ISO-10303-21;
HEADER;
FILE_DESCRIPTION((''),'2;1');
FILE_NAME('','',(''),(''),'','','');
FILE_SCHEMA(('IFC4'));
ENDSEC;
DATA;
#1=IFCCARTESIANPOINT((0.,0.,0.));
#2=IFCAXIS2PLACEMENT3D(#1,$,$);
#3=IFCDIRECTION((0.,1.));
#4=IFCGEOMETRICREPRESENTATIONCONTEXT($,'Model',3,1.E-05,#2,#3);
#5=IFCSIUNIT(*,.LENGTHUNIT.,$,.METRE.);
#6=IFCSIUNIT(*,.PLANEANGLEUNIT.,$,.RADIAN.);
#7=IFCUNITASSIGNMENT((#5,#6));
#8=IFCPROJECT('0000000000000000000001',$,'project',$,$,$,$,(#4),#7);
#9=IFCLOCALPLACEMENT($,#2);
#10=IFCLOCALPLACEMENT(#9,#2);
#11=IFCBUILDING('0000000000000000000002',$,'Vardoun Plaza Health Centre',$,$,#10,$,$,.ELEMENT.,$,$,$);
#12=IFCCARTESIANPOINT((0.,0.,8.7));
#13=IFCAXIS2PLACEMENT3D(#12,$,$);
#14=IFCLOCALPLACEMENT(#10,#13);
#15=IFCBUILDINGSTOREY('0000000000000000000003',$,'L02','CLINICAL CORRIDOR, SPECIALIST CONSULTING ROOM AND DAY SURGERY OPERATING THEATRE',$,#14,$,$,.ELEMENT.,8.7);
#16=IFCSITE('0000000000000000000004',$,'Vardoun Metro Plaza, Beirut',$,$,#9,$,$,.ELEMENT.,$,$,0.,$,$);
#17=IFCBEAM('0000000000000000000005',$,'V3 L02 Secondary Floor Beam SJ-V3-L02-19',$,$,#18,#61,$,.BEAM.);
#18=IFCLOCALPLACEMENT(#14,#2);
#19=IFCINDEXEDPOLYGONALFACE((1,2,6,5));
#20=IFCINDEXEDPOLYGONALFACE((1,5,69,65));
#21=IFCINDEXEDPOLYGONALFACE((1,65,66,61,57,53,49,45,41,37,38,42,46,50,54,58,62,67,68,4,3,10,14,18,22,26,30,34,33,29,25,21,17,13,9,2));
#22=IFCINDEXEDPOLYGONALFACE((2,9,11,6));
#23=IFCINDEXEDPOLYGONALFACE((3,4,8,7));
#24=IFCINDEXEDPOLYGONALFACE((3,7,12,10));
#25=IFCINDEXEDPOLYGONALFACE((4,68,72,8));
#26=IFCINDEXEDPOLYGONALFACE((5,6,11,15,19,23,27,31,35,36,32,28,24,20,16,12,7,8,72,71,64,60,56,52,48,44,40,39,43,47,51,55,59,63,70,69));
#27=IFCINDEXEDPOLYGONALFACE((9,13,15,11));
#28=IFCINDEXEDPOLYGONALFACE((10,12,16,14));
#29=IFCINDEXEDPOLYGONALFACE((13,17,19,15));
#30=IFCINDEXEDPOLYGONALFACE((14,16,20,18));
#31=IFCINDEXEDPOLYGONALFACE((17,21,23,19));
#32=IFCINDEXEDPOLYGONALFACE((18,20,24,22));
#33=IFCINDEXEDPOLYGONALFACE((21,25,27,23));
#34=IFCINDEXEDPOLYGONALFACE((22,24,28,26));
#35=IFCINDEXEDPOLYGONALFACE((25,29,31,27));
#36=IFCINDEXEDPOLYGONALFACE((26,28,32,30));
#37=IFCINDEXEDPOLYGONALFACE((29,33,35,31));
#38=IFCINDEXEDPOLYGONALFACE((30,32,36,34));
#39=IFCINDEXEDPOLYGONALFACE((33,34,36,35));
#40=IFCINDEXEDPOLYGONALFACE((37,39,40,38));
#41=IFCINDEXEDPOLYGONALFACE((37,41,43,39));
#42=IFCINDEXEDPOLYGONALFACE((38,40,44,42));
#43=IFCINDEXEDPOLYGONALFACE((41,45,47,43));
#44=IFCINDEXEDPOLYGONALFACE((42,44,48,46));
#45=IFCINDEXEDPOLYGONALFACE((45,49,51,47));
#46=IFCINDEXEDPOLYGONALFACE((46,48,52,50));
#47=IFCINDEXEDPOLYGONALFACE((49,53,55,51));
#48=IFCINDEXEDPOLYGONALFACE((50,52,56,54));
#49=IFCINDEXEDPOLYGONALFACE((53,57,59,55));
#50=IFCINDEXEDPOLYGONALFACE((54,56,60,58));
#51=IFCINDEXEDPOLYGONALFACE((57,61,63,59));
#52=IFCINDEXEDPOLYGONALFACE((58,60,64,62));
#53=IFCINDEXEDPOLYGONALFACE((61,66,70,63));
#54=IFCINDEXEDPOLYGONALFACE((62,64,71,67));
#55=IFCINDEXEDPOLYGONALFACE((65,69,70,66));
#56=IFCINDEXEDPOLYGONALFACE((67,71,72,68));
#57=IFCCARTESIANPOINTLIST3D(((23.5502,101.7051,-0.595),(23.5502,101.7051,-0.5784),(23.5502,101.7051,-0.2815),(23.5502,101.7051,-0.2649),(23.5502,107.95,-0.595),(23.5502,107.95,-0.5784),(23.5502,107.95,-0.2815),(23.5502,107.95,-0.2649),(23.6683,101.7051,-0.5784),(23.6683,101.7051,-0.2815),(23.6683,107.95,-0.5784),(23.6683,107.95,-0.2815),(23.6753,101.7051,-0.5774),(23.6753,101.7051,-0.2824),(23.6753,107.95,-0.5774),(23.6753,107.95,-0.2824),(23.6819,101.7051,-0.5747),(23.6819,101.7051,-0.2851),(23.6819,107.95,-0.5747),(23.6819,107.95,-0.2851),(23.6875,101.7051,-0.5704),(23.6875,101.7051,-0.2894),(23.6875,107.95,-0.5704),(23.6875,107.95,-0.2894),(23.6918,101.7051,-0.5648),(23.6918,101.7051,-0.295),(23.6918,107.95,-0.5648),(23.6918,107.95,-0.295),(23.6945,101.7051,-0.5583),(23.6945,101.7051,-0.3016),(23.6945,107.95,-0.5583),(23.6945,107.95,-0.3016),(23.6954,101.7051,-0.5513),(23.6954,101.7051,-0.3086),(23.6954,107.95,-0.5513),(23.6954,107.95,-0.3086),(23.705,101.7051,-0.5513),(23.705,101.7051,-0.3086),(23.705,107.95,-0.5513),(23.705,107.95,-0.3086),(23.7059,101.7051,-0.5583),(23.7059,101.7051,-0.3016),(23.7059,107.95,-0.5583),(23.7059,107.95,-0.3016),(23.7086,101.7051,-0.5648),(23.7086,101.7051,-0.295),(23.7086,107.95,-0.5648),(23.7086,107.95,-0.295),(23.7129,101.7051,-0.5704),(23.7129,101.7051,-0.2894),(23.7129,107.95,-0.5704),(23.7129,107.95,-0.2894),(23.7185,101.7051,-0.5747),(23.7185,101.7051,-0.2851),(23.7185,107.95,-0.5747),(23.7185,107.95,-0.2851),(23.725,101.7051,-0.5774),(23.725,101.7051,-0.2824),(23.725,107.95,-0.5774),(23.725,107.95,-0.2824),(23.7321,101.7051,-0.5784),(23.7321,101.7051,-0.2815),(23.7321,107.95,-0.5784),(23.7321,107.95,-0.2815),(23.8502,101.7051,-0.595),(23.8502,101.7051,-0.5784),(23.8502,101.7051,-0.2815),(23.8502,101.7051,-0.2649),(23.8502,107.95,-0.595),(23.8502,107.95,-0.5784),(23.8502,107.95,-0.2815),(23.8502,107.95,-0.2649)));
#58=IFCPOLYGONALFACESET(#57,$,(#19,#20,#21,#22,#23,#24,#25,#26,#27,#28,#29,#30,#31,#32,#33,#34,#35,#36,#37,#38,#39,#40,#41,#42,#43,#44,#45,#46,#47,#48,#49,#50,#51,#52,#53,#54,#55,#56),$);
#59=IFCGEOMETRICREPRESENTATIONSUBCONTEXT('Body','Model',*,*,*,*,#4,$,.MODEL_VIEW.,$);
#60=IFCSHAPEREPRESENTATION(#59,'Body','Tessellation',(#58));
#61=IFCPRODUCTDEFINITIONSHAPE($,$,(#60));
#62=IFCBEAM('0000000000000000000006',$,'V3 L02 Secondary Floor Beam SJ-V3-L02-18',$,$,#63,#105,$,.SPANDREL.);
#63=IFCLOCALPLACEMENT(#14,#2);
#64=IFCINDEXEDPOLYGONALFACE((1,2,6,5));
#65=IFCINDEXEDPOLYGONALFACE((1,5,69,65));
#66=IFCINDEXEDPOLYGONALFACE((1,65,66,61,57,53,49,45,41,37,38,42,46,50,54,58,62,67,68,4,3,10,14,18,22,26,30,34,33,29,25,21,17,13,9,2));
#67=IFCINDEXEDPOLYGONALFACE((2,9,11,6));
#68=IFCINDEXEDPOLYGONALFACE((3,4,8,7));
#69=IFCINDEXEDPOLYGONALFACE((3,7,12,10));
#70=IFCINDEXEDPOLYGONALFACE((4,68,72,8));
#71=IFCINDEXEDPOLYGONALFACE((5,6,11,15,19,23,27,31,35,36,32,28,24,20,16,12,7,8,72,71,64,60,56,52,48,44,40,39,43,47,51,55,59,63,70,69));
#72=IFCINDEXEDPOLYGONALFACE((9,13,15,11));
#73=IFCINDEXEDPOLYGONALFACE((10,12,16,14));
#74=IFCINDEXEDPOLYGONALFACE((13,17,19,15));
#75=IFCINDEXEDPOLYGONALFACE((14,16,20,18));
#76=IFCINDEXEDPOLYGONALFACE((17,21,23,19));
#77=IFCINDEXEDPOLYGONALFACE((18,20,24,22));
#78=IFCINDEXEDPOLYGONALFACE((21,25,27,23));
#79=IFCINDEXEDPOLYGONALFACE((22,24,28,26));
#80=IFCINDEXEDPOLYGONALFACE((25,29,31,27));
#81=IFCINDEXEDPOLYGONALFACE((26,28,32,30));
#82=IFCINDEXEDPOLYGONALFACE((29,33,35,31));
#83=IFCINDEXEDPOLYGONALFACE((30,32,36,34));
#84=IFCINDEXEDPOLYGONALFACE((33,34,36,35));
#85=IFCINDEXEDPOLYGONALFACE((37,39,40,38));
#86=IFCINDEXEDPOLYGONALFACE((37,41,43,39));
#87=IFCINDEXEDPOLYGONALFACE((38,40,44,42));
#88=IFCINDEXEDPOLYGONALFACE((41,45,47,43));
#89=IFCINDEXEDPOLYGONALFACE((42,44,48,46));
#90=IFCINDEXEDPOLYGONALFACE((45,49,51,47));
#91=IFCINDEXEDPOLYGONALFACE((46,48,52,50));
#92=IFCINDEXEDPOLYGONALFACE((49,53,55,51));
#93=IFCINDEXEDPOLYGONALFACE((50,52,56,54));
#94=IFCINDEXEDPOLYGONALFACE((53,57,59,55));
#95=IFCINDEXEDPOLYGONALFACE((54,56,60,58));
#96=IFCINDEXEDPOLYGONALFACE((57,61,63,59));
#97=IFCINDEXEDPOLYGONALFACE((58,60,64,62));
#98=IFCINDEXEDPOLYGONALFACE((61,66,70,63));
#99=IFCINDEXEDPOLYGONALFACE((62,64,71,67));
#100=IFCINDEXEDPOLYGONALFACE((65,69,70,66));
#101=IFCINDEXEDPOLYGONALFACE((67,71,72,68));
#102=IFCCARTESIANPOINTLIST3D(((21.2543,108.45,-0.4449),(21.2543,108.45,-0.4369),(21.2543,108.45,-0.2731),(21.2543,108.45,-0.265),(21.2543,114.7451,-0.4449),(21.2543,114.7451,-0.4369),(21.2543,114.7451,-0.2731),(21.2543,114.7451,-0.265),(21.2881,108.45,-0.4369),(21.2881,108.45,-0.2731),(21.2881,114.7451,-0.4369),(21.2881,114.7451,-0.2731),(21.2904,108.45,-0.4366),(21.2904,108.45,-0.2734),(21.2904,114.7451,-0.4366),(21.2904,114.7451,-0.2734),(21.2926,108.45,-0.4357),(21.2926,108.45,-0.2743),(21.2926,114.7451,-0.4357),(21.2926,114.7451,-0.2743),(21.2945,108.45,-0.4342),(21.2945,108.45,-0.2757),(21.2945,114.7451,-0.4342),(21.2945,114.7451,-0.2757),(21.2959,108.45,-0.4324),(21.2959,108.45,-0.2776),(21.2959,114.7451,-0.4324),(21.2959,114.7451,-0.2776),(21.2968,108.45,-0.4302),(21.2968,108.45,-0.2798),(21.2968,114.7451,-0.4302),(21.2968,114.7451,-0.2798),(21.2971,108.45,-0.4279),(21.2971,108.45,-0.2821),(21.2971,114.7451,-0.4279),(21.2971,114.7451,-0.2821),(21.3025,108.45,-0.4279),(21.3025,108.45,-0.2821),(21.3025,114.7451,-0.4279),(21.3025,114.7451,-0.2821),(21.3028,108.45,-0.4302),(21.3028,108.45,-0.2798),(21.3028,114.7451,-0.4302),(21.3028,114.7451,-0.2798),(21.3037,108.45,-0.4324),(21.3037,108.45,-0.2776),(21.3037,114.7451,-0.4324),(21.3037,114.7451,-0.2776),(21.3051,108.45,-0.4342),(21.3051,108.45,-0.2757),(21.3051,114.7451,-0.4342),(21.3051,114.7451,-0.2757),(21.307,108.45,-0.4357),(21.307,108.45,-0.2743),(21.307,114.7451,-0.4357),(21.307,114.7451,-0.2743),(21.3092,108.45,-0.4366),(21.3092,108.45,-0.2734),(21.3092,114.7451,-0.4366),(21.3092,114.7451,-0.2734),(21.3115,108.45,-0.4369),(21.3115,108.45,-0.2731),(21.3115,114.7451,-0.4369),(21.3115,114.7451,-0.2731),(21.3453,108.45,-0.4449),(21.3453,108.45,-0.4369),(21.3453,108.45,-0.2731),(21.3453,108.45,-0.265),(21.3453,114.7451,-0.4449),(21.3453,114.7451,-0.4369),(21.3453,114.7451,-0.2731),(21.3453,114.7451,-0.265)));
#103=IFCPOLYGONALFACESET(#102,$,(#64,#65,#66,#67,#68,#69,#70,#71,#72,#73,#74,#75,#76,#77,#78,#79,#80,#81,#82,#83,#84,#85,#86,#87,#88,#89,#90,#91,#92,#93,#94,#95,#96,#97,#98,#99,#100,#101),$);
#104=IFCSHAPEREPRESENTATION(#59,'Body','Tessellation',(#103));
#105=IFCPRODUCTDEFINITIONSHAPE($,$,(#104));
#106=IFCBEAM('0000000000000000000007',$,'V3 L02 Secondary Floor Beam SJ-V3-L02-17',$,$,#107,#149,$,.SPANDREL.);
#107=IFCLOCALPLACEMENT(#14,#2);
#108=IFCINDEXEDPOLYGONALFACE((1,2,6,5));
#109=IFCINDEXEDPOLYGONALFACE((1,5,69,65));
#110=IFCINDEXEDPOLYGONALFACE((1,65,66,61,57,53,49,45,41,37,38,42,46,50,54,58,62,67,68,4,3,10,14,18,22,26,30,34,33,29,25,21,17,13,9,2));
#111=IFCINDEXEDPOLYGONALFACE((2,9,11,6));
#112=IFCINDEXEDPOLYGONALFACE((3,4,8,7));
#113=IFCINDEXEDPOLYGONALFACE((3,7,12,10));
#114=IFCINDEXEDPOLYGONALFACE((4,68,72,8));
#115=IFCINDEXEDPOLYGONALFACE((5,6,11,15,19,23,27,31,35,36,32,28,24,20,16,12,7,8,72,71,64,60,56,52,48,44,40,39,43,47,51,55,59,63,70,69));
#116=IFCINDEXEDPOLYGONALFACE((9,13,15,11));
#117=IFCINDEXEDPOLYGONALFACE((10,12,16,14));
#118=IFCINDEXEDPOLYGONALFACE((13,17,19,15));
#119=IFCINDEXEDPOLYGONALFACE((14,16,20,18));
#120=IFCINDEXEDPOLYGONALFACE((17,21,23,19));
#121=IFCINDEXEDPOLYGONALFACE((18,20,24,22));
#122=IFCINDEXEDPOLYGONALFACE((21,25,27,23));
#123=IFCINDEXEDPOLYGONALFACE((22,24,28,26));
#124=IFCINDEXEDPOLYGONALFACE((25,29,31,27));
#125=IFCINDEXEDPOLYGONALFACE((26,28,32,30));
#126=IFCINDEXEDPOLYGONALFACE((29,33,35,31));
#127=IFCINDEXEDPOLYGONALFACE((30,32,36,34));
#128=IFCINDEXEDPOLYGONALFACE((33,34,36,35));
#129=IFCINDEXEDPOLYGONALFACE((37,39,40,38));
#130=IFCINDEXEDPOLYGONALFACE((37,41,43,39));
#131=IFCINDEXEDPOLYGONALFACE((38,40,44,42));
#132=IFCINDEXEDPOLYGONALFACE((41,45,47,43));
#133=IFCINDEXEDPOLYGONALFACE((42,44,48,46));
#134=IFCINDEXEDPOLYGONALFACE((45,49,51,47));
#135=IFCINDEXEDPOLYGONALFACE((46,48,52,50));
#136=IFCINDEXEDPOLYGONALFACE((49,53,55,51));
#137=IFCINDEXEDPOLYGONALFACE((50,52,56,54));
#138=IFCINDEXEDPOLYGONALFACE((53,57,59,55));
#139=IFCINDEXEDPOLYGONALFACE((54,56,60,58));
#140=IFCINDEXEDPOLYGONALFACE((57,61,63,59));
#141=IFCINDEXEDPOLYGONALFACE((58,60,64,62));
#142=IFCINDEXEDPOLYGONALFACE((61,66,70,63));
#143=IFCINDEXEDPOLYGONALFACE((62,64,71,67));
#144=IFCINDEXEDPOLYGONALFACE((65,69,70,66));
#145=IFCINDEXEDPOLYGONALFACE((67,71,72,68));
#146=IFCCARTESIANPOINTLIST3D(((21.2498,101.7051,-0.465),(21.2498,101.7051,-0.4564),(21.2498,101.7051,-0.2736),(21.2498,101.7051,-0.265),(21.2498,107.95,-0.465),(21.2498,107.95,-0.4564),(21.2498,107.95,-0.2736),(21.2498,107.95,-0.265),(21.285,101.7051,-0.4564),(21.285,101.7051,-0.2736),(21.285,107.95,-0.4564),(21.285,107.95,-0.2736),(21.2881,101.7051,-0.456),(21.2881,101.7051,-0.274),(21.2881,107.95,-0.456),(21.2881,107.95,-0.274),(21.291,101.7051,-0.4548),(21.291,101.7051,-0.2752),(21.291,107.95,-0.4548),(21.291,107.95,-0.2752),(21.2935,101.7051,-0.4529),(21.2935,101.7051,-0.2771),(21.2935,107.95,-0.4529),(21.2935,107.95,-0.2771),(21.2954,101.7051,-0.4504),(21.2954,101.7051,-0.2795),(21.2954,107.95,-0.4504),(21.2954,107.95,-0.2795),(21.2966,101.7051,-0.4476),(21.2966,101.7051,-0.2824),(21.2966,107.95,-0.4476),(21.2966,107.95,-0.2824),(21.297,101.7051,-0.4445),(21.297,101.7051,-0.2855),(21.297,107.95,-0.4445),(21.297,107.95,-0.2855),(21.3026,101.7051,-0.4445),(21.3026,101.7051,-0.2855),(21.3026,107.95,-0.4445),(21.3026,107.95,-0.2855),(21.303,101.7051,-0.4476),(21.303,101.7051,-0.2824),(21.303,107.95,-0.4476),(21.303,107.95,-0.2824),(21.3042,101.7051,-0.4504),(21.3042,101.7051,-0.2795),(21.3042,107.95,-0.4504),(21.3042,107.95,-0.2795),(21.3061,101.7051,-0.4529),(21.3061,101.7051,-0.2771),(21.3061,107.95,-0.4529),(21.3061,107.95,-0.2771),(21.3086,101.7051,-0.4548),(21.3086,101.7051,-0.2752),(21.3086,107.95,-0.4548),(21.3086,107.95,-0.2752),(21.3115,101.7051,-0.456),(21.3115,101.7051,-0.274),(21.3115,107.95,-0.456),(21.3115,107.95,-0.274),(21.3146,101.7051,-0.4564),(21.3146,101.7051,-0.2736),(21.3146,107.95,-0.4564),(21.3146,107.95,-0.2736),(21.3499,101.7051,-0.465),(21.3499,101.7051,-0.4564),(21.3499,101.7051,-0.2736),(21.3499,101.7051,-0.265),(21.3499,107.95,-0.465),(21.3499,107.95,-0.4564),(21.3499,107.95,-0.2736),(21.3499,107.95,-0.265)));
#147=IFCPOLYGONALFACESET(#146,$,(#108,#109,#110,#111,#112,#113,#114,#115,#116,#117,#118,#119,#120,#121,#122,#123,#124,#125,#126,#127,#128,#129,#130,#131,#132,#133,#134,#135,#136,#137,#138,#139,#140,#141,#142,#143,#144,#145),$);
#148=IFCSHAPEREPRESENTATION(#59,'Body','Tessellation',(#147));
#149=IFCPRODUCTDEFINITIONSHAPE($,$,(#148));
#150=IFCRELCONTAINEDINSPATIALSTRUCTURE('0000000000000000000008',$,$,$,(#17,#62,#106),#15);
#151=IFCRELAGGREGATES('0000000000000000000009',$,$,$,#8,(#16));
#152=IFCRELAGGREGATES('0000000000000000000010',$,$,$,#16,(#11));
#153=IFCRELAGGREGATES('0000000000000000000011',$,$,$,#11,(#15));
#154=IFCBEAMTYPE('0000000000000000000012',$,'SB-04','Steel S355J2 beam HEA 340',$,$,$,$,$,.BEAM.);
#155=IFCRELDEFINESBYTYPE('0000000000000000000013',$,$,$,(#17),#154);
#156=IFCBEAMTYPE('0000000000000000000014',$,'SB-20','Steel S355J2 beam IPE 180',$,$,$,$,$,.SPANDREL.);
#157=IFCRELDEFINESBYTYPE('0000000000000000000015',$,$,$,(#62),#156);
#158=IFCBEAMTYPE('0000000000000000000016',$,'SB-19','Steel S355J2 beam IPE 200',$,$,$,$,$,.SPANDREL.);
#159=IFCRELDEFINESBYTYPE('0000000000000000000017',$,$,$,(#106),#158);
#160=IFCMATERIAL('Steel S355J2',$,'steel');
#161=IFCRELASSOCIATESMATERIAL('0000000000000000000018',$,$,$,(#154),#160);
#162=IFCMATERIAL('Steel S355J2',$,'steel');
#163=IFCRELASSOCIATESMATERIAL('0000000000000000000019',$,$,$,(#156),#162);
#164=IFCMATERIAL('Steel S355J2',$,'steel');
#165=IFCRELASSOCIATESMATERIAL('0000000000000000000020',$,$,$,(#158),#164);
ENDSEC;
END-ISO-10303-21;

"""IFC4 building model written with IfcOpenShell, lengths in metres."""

from ifc_helpers import new_model, si_unit, direction, frame, origin, origin_2d, place, context, subcontext, project, spatial, i_section, extrude, material, material_profile, profile_set, type_object, element, save


model = new_model("IFC4")

# Units and contexts
model_context = context("Model", 3, precision=1e-05, world=origin(), true_north=direction((0.0, 1.0)))
body_context = subcontext(model_context, "Body", "Model", "MODEL_VIEW")
ifc_project = project(units=[si_unit("LENGTHUNIT", "METRE"), si_unit("PLANEANGLEUNIT", "RADIAN")], contexts=[model_context])

# Site, building, storey
site_placement = place(None, origin())
site = spatial("IfcSite", under=ifc_project, at=site_placement, Name="Vardoun Metro Plaza, Beirut", CompositionType="ELEMENT", RefElevation=0.0)
building_placement = place(site_placement, origin())
building = spatial("IfcBuilding", under=site, at=building_placement, Name="Vardoun Plaza Health Centre", CompositionType="ELEMENT")
storey_placement = place(building_placement, frame((0.0, 0.0, 8.7)))
storey = spatial("IfcBuildingStorey", under=building, at=storey_placement, Name="L02", Description="CLINICAL CORRIDOR, SPECIALIST CONSULTING ROOM AND DAY SURGERY OPERATING THEATRE", CompositionType="ELEMENT", Elevation=8.7)

# Beams
ifc_material_1 = material(Name="Steel S355J2", Category="steel")
ifc_material_profile_1 = material_profile(ifc_material_1, i_section(OverallWidth=0.3, OverallDepth=0.3301, WebThickness=0.0095, FlangeThickness=0.0166, FilletRadius=0.0271, at=origin_2d()), Name="HEA 340")
ifc_profile_set_1 = profile_set([ifc_material_profile_1], Name="Steel S355J2")
beam_type_1 = type_object("IfcBeamType", Name="SB-04", Description="Steel S355J2 beam HEA 340", PredefinedType="BEAM", material=ifc_profile_set_1)
beam_1_placement = place(storey_placement, frame((23.7002, 101.7051, -0.4299), z_axis=(0.0, 1.0, 0.0), x_axis=(-1.0, 0.0, 0.0)))
element("IfcBeam", 1, at=beam_1_placement, inside=storey, type_object=beam_type_1, Name="V3 L02 Secondary Floor Beam SJ-V3-L02-19", PredefinedType="BEAM", context=body_context, shape_type="SweptSolid", body=[
    extrude(i_section(OverallWidth=0.3, OverallDepth=0.3301, WebThickness=0.0095, FlangeThickness=0.0166, FilletRadius=0.0271, at=origin_2d()), origin(), (0.0, 0.0, 1.0), 6.2449),
])
ifc_material_2 = material(Name="Steel S355J2", Category="steel")
ifc_material_profile_2 = material_profile(ifc_material_2, i_section(OverallWidth=0.0911, OverallDepth=0.1799, WebThickness=0.0054, FlangeThickness=0.0081, FilletRadius=0.009, at=origin_2d()), Name="IPE 180")
ifc_profile_set_2 = profile_set([ifc_material_profile_2], Name="Steel S355J2")
beam_type_2 = type_object("IfcBeamType", Name="SB-20", Description="Steel S355J2 beam IPE 180", PredefinedType="SPANDREL", material=ifc_profile_set_2)
beam_2_placement = place(storey_placement, frame((21.2998, 108.45, -0.355), z_axis=(0.0, 1.0, 0.0), x_axis=(-1.0, 0.0, 0.0)))
element("IfcBeam", 2, at=beam_2_placement, inside=storey, type_object=beam_type_2, Name="V3 L02 Secondary Floor Beam SJ-V3-L02-18", PredefinedType="SPANDREL", context=body_context, shape_type="SweptSolid", body=[
    extrude(i_section(OverallWidth=0.0911, OverallDepth=0.1799, WebThickness=0.0054, FlangeThickness=0.0081, FilletRadius=0.009, at=origin_2d()), origin(), (0.0, 0.0, 1.0), 6.2952),
])
ifc_material_3 = material(Name="Steel S355J2", Category="steel")
ifc_material_profile_3 = material_profile(ifc_material_3, i_section(OverallWidth=0.1001, OverallDepth=0.2, WebThickness=0.0056, FlangeThickness=0.0085, FilletRadius=0.012, at=origin_2d()), Name="IPE 200")
ifc_profile_set_3 = profile_set([ifc_material_profile_3], Name="Steel S355J2")
beam_type_3 = type_object("IfcBeamType", Name="SB-19", Description="Steel S355J2 beam IPE 200", PredefinedType="SPANDREL", material=ifc_profile_set_3)
beam_3_placement = place(storey_placement, frame((21.2998, 101.7051, -0.365), z_axis=(0.0, 1.0, 0.0), x_axis=(-1.0, 0.0, 0.0)))
element("IfcBeam", 3, at=beam_3_placement, inside=storey, type_object=beam_type_3, Name="V3 L02 Secondary Floor Beam SJ-V3-L02-17", PredefinedType="SPANDREL", context=body_context, shape_type="SweptSolid", body=[
    extrude(i_section(OverallWidth=0.1001, OverallDepth=0.2, WebThickness=0.0056, FlangeThickness=0.0085, FilletRadius=0.012, at=origin_2d()), origin(), (0.0, 0.0, 1.0), 6.2449),
])

save(model, "model.ifc")
